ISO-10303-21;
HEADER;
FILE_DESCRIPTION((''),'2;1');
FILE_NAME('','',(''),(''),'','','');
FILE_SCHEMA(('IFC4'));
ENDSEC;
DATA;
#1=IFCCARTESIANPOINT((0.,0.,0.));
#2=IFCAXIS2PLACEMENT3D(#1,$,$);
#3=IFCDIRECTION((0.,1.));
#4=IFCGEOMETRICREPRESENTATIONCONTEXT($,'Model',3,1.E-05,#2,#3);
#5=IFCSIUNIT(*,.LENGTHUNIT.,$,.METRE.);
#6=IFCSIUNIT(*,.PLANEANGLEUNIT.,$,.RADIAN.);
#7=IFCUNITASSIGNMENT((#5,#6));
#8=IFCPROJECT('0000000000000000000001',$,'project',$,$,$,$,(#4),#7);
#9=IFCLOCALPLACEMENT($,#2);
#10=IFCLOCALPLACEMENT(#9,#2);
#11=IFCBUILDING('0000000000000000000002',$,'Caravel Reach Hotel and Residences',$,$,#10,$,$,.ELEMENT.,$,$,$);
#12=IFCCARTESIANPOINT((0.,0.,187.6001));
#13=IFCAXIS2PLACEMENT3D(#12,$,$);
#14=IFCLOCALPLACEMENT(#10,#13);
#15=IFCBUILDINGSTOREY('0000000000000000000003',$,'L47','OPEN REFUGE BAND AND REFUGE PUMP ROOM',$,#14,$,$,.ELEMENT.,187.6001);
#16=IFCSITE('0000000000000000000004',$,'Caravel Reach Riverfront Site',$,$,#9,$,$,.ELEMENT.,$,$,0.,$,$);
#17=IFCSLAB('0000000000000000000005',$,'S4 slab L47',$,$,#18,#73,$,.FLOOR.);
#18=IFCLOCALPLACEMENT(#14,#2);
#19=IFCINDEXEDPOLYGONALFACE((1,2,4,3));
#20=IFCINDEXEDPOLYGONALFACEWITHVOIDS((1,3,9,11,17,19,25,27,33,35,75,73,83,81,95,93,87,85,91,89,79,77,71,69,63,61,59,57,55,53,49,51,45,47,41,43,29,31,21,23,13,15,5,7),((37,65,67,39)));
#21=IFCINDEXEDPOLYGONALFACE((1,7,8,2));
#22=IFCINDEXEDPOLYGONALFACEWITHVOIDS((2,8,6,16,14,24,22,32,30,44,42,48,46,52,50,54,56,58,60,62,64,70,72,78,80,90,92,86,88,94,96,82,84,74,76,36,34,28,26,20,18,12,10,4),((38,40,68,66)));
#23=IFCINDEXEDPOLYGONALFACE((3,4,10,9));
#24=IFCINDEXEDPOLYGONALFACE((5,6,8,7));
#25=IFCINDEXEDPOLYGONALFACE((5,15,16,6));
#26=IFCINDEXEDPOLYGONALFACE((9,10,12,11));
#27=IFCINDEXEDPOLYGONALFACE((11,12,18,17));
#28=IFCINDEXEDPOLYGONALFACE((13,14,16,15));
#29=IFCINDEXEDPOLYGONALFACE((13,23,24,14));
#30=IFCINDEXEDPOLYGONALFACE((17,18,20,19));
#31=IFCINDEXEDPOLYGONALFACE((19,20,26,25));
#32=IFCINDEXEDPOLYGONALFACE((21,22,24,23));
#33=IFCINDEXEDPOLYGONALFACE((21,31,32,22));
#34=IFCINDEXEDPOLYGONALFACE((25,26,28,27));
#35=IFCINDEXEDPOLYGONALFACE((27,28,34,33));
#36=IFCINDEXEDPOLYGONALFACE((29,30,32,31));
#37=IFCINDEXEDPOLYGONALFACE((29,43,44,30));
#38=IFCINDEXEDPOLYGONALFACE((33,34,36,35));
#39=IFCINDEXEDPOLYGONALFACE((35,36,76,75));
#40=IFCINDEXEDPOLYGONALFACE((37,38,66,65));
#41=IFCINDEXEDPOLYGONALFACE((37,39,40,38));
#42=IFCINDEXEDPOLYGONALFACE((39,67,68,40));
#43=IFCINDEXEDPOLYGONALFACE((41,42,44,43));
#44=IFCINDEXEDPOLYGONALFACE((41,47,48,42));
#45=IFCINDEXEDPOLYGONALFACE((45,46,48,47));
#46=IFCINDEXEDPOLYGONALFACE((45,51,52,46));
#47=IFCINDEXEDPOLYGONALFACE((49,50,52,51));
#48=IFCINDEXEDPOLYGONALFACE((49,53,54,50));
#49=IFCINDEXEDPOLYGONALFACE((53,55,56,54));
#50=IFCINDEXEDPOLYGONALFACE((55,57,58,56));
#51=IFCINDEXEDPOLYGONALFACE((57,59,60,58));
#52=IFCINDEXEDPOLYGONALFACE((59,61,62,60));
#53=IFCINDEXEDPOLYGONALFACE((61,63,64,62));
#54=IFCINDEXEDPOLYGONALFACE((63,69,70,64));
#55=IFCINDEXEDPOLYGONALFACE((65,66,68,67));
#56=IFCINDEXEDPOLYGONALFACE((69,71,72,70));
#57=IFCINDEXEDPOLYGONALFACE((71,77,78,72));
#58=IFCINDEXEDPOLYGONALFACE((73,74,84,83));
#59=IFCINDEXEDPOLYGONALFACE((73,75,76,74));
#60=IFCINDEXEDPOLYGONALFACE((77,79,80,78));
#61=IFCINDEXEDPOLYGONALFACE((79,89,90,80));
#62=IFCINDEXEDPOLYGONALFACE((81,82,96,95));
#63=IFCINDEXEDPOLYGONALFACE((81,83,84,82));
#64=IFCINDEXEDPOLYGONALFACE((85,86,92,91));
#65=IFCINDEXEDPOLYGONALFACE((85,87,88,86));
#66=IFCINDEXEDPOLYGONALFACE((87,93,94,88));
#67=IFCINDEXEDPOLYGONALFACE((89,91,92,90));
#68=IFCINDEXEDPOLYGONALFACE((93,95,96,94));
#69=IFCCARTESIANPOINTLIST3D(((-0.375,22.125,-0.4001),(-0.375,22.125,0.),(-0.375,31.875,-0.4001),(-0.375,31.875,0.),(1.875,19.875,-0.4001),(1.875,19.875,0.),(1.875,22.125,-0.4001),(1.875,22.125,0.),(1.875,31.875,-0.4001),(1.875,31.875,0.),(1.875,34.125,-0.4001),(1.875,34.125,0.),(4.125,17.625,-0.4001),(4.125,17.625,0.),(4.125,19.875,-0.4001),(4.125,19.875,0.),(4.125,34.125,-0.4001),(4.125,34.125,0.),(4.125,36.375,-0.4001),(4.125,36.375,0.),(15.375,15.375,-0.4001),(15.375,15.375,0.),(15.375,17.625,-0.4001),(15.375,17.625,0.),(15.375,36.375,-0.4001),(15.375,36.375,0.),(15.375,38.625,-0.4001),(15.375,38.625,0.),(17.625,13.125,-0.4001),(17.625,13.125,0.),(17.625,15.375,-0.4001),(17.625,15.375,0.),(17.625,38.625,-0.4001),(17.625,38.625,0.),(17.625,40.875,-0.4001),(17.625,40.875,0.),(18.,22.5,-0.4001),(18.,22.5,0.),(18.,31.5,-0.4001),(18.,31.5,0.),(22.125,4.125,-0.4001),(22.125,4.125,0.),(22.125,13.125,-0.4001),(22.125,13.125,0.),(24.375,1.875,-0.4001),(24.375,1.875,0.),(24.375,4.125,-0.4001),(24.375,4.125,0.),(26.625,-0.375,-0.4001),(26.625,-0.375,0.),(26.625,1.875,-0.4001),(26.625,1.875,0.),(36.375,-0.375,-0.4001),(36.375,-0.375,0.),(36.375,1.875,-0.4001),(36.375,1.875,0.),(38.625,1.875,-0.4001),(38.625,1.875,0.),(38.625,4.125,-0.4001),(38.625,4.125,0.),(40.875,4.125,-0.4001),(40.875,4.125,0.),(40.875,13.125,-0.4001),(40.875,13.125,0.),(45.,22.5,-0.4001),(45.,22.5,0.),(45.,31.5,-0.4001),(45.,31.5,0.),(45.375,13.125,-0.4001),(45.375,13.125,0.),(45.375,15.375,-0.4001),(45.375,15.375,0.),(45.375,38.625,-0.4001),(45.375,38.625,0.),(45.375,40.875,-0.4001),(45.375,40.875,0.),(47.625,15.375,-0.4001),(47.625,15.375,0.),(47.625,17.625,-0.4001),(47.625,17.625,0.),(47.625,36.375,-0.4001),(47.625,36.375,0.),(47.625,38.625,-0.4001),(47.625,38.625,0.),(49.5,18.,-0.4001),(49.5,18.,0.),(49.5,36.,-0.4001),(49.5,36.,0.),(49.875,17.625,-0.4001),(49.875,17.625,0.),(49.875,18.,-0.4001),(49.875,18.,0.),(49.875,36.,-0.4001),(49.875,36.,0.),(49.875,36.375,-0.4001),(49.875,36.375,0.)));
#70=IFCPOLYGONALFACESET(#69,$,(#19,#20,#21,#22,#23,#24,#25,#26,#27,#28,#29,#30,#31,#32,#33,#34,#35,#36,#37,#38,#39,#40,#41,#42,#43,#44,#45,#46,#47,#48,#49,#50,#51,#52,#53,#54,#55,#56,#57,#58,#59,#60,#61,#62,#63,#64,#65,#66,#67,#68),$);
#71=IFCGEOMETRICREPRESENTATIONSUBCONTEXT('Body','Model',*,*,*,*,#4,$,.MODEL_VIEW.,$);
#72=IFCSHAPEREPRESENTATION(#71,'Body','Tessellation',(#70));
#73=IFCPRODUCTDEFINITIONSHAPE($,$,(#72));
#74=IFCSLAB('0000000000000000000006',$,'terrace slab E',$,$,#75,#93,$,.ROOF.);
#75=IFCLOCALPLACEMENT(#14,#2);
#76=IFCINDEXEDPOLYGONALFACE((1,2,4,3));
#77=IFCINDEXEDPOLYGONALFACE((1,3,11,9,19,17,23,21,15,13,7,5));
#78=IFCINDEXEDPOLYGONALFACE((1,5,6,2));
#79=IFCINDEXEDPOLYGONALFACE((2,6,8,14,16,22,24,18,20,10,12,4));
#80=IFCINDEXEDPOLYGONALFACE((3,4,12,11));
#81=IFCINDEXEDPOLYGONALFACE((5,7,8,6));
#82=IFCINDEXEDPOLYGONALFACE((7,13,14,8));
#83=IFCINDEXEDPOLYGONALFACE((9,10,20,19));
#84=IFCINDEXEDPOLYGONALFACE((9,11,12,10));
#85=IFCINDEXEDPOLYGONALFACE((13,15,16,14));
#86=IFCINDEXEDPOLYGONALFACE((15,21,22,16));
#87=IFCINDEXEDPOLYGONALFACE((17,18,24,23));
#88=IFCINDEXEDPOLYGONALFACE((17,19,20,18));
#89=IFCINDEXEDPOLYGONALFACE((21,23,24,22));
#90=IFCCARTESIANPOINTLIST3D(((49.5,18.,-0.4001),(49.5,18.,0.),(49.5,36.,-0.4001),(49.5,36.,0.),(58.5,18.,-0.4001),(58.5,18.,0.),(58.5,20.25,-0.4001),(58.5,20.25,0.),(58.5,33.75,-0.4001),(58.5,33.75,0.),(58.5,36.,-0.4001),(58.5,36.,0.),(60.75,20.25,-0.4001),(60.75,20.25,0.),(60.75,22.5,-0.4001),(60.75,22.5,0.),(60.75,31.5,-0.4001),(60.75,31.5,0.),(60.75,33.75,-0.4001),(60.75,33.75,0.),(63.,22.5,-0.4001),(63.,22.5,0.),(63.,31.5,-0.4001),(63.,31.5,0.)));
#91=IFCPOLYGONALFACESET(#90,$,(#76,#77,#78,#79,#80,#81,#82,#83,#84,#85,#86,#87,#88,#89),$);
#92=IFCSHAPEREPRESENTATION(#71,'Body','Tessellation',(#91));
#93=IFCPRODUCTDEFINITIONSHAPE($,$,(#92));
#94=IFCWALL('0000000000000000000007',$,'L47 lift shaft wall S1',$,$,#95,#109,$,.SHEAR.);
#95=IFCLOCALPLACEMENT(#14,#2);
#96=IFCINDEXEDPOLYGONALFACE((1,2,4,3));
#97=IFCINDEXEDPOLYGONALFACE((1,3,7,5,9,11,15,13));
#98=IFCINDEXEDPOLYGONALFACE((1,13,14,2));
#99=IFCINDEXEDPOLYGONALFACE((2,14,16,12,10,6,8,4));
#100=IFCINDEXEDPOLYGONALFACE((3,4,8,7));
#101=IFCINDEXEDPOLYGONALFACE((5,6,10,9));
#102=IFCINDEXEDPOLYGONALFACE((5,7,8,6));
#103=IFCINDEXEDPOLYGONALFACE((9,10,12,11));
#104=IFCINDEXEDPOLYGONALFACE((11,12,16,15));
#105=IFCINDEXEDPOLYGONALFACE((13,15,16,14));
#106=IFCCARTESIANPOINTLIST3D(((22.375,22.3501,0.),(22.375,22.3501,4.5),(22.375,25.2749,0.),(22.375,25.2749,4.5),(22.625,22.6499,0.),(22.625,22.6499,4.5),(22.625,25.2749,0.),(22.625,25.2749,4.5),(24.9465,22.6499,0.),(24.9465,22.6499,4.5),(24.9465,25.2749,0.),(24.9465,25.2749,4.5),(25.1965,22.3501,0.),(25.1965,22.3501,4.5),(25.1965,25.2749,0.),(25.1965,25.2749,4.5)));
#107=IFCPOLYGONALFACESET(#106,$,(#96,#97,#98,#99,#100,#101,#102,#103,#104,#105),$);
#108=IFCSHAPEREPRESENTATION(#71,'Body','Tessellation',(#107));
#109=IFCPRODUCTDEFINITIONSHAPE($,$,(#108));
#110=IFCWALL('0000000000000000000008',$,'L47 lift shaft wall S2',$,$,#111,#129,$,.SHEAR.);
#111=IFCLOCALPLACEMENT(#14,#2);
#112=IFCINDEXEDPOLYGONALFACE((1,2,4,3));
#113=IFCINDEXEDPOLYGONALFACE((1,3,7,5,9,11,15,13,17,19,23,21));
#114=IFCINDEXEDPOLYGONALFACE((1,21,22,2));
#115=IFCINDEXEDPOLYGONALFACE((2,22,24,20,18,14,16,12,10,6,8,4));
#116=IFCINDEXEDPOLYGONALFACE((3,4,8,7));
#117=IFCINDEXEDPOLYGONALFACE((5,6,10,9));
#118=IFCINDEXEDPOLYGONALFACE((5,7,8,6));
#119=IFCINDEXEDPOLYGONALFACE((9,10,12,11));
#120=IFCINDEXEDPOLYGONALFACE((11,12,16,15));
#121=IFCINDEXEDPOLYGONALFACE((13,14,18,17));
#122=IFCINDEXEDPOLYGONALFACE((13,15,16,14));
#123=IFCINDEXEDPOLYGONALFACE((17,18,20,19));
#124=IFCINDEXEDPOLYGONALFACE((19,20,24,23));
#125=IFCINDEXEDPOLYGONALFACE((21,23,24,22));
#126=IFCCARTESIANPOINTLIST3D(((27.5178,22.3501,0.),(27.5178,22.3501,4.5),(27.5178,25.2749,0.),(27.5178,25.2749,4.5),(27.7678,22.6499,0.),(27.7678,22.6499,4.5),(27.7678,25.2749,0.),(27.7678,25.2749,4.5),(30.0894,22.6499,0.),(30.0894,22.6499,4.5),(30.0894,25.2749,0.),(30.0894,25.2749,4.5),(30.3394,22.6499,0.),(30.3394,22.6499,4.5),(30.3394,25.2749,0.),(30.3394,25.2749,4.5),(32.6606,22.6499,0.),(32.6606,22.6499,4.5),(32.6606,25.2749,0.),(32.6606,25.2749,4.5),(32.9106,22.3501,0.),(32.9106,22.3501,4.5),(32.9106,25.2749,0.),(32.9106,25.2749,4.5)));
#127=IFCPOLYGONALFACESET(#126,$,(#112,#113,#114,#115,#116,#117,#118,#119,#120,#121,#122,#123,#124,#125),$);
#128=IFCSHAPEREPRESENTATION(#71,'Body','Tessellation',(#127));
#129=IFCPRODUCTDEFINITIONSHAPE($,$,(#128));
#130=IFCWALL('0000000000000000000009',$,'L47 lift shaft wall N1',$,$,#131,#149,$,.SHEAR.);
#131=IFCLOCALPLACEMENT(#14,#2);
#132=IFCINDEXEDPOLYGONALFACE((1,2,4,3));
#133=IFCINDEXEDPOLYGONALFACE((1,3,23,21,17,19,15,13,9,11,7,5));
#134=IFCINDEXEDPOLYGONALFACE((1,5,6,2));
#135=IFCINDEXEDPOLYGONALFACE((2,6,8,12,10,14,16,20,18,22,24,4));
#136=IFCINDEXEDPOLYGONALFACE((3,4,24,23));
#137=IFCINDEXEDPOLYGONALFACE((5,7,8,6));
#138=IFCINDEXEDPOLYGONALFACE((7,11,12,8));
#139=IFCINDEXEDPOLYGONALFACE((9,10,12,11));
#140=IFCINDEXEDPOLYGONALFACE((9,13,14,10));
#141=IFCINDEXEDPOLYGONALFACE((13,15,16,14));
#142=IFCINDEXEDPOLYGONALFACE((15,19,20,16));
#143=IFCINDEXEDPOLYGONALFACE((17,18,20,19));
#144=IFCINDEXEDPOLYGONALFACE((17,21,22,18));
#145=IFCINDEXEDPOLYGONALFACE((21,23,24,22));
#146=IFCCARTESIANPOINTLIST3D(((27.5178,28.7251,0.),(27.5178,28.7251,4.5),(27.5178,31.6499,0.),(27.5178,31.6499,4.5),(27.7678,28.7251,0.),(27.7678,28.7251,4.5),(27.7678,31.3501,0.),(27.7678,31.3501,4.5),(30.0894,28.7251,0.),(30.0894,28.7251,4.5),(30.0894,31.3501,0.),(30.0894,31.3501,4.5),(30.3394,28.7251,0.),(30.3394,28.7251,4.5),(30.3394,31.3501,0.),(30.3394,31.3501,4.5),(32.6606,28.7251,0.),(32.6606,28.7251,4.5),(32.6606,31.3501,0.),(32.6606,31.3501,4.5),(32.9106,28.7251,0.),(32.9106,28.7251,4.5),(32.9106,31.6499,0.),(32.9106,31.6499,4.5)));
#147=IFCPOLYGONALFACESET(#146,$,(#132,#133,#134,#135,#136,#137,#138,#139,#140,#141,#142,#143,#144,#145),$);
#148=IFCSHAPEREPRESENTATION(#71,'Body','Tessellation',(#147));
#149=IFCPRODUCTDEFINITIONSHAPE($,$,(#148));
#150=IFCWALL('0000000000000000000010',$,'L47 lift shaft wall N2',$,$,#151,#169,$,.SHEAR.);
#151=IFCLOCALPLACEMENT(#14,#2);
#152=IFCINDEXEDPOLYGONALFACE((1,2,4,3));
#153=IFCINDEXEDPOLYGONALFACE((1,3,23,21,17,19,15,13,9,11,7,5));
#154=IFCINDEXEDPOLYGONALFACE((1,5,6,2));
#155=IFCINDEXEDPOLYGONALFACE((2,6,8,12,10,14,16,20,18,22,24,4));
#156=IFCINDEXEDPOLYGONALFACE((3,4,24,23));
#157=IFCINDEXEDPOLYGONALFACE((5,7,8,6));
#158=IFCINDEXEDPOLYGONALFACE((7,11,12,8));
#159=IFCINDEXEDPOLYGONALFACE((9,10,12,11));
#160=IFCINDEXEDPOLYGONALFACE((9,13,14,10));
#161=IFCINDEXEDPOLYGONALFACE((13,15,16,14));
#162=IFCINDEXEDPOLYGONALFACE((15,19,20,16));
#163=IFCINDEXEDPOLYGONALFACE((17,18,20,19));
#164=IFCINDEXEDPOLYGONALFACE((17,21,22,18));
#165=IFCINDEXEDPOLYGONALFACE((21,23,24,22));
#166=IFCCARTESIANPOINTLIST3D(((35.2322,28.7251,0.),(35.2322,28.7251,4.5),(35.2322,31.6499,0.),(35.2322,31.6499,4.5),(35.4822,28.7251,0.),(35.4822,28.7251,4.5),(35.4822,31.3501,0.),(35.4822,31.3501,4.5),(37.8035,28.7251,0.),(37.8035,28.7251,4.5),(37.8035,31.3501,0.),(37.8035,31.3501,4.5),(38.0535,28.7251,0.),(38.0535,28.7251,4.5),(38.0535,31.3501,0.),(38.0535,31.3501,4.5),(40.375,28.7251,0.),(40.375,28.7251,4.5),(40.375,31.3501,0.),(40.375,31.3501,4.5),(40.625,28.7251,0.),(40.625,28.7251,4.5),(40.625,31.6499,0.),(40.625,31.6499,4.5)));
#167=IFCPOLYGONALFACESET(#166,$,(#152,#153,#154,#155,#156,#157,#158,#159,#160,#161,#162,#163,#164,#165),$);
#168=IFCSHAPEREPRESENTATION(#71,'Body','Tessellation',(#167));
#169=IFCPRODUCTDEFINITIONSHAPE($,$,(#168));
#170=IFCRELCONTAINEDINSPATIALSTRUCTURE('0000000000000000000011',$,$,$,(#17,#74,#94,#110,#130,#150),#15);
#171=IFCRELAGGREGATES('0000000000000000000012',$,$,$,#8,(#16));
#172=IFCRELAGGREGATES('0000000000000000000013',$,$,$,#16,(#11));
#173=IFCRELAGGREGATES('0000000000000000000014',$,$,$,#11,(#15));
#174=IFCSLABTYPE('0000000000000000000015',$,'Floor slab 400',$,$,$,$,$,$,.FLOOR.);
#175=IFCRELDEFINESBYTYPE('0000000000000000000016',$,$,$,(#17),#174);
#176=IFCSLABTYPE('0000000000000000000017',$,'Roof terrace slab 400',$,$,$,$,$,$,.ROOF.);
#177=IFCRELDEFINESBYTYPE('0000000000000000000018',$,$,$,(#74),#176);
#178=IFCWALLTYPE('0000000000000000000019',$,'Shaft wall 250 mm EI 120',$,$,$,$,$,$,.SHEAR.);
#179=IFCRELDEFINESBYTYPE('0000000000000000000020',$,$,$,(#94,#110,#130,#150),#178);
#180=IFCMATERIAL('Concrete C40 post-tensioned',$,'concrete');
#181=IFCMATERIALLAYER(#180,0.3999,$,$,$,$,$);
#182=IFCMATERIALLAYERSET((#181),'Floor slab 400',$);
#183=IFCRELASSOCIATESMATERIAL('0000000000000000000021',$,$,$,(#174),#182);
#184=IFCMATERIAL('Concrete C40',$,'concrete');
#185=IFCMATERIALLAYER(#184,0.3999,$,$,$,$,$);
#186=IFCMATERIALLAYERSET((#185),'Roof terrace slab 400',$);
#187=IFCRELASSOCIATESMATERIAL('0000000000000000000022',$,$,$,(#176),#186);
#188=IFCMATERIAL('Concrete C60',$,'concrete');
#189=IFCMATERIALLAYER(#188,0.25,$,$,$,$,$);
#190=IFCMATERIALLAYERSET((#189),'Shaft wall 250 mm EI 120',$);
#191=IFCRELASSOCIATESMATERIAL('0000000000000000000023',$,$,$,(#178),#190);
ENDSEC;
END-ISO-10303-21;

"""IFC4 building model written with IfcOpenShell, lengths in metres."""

from ifc_helpers import new_model, si_unit, direction, frame, origin, place, context, subcontext, project, spatial, polyline, outline, extrude, material, layer, layer_set, type_object, element, save


model = new_model("IFC4")

# Units and contexts
model_context = context("Model", 3, precision=1e-05, world=origin(), true_north=direction((0.0, 1.0)))
body_context = subcontext(model_context, "Body", "Model", "MODEL_VIEW")
ifc_project = project(units=[si_unit("LENGTHUNIT", "METRE"), si_unit("PLANEANGLEUNIT", "RADIAN")], contexts=[model_context])

# Site, building, storey
site_placement = place(None, origin())
site = spatial("IfcSite", under=ifc_project, at=site_placement, Name="Caravel Reach Riverfront Site", CompositionType="ELEMENT", RefElevation=0.0)
building_placement = place(site_placement, origin())
building = spatial("IfcBuilding", under=site, at=building_placement, Name="Caravel Reach Hotel and Residences", CompositionType="ELEMENT")
storey_placement = place(building_placement, frame((0.0, 0.0, 187.6001)))
storey = spatial("IfcBuildingStorey", under=building, at=storey_placement, Name="L47", Description="OPEN REFUGE BAND AND REFUGE PUMP ROOM", CompositionType="ELEMENT", Elevation=187.6001)

# Slabs
ifc_material_1 = material(Name="Concrete C40 post-tensioned", Category="concrete")
ifc_layer_1 = layer(ifc_material_1, 0.3999)
ifc_layer_set_1 = layer_set([ifc_layer_1], Name="Floor slab 400")
slab_type_1 = type_object("IfcSlabType", Name="Floor slab 400", PredefinedType="FLOOR", material=ifc_layer_set_1)
slab_1_placement = place(storey_placement, frame((0.0, 0.0, -0.4001)))
element("IfcSlab", 1, at=slab_1_placement, inside=storey, type_object=slab_type_1, Name="S4 slab L47", PredefinedType="FLOOR", context=body_context, shape_type="SweptSolid", body=[
    extrude(outline(polyline([(49.875, 18.0), (49.875, 17.625), (47.625, 17.625), (47.625, 15.375), (45.375, 15.375), (45.375, 13.125), (40.875, 13.125), (40.875, 4.125), (38.625, 4.125), (38.625, 1.875), (36.375, 1.875), (36.375, -0.375), (26.625, -0.375), (26.625, 1.875), (24.375, 1.875), (24.375, 4.125), (22.125, 4.125), (22.125, 13.125), (17.625, 13.125), (17.625, 15.375), (15.375, 15.375), (15.375, 17.625), (4.125, 17.625), (4.125, 19.875), (1.875, 19.875), (1.875, 22.125), (-0.375, 22.125), (-0.375, 31.875), (1.875, 31.875), (1.875, 34.125), (4.125, 34.125), (4.125, 36.375), (15.375, 36.375), (15.375, 38.625), (17.625, 38.625), (17.625, 40.875), (45.375, 40.875), (45.375, 38.625), (47.625, 38.625), (47.625, 36.375), (49.875, 36.375), (49.875, 36.0), (49.5, 36.0), (49.5, 18.0), (49.875, 18.0)]), holes=[polyline([(45.0, 31.5), (18.0, 31.5), (18.0, 22.5), (45.0, 22.5), (45.0, 31.5)])]), origin(), (0.0, 0.0, 1.0), 0.4001),
])
ifc_material_2 = material(Name="Concrete C40", Category="concrete")
ifc_layer_2 = layer(ifc_material_2, 0.3999)
ifc_layer_set_2 = layer_set([ifc_layer_2], Name="Roof terrace slab 400")
slab_type_2 = type_object("IfcSlabType", Name="Roof terrace slab 400", PredefinedType="ROOF", material=ifc_layer_set_2)
slab_2_placement = place(storey_placement, frame((0.0, 0.0, -0.4001)))
element("IfcSlab", 2, at=slab_2_placement, inside=storey, type_object=slab_type_2, Name="terrace slab E", PredefinedType="ROOF", context=body_context, shape_type="SweptSolid", body=[
    extrude(outline(polyline([(58.5, 36.0), (58.5, 33.75), (60.75, 33.75), (60.75, 31.5), (63.0, 31.5), (63.0, 22.5), (60.75, 22.5), (60.75, 20.25), (58.5, 20.25), (58.5, 18.0), (49.5, 18.0), (49.5, 36.0), (58.5, 36.0)])), origin(), (0.0, 0.0, 1.0), 0.4001),
])

# Walls
ifc_material_3 = material(Name="Concrete C60", Category="concrete")
ifc_layer_3 = layer(ifc_material_3, 0.25)
ifc_layer_set_3 = layer_set([ifc_layer_3], Name="Shaft wall 250 mm EI 120")
wall_type = type_object("IfcWallType", Name="Shaft wall 250 mm EI 120", PredefinedType="SHEAR", material=ifc_layer_set_3)
wall_1_placement = place(storey_placement, origin())
element("IfcWall", 3, at=wall_1_placement, inside=storey, type_object=wall_type, Name="L47 lift shaft wall S1", PredefinedType="SHEAR", context=body_context, shape_type="SweptSolid", body=[
    extrude(outline(polyline([(22.375, 22.3501), (25.1965, 22.3501), (25.1965, 25.2749), (24.9465, 25.2749), (24.9465, 22.6499), (22.625, 22.6499), (22.625, 25.2749), (22.375, 25.2749), (22.375, 22.3501)])), origin(), (0.0, 0.0, 1.0), 4.5),
])
wall_2_placement = place(storey_placement, origin())
element("IfcWall", 4, at=wall_2_placement, inside=storey, type_object=wall_type, Name="L47 lift shaft wall S2", PredefinedType="SHEAR", context=body_context, shape_type="SweptSolid", body=[
    extrude(outline(polyline([(27.5178, 22.3501), (32.9106, 22.3501), (32.9106, 25.2749), (32.6606, 25.2749), (32.6606, 22.6499), (30.3394, 22.6499), (30.3394, 25.2749), (30.0894, 25.2749), (30.0894, 22.6499), (27.7678, 22.6499), (27.7678, 25.2749), (27.5178, 25.2749), (27.5178, 22.3501)])), origin(), (0.0, 0.0, 1.0), 4.5),
])
wall_3_placement = place(storey_placement, origin())
element("IfcWall", 5, at=wall_3_placement, inside=storey, type_object=wall_type, Name="L47 lift shaft wall N1", PredefinedType="SHEAR", context=body_context, shape_type="SweptSolid", body=[
    extrude(outline(polyline([(27.5178, 28.7251), (27.7678, 28.7251), (27.7678, 31.3501), (30.0894, 31.3501), (30.0894, 28.7251), (30.3394, 28.7251), (30.3394, 31.3501), (32.6606, 31.3501), (32.6606, 28.7251), (32.9106, 28.7251), (32.9106, 31.6499), (27.5178, 31.6499), (27.5178, 28.7251)])), origin(), (0.0, 0.0, 1.0), 4.5),
])
wall_4_placement = place(storey_placement, origin())
element("IfcWall", 6, at=wall_4_placement, inside=storey, type_object=wall_type, Name="L47 lift shaft wall N2", PredefinedType="SHEAR", context=body_context, shape_type="SweptSolid", body=[
    extrude(outline(polyline([(35.2322, 28.7251), (35.4822, 28.7251), (35.4822, 31.3501), (37.8035, 31.3501), (37.8035, 28.7251), (38.0535, 28.7251), (38.0535, 31.3501), (40.375, 31.3501), (40.375, 28.7251), (40.625, 28.7251), (40.625, 31.6499), (35.2322, 31.6499), (35.2322, 28.7251)])), origin(), (0.0, 0.0, 1.0), 4.5),
])

save(model, "model.ifc")
